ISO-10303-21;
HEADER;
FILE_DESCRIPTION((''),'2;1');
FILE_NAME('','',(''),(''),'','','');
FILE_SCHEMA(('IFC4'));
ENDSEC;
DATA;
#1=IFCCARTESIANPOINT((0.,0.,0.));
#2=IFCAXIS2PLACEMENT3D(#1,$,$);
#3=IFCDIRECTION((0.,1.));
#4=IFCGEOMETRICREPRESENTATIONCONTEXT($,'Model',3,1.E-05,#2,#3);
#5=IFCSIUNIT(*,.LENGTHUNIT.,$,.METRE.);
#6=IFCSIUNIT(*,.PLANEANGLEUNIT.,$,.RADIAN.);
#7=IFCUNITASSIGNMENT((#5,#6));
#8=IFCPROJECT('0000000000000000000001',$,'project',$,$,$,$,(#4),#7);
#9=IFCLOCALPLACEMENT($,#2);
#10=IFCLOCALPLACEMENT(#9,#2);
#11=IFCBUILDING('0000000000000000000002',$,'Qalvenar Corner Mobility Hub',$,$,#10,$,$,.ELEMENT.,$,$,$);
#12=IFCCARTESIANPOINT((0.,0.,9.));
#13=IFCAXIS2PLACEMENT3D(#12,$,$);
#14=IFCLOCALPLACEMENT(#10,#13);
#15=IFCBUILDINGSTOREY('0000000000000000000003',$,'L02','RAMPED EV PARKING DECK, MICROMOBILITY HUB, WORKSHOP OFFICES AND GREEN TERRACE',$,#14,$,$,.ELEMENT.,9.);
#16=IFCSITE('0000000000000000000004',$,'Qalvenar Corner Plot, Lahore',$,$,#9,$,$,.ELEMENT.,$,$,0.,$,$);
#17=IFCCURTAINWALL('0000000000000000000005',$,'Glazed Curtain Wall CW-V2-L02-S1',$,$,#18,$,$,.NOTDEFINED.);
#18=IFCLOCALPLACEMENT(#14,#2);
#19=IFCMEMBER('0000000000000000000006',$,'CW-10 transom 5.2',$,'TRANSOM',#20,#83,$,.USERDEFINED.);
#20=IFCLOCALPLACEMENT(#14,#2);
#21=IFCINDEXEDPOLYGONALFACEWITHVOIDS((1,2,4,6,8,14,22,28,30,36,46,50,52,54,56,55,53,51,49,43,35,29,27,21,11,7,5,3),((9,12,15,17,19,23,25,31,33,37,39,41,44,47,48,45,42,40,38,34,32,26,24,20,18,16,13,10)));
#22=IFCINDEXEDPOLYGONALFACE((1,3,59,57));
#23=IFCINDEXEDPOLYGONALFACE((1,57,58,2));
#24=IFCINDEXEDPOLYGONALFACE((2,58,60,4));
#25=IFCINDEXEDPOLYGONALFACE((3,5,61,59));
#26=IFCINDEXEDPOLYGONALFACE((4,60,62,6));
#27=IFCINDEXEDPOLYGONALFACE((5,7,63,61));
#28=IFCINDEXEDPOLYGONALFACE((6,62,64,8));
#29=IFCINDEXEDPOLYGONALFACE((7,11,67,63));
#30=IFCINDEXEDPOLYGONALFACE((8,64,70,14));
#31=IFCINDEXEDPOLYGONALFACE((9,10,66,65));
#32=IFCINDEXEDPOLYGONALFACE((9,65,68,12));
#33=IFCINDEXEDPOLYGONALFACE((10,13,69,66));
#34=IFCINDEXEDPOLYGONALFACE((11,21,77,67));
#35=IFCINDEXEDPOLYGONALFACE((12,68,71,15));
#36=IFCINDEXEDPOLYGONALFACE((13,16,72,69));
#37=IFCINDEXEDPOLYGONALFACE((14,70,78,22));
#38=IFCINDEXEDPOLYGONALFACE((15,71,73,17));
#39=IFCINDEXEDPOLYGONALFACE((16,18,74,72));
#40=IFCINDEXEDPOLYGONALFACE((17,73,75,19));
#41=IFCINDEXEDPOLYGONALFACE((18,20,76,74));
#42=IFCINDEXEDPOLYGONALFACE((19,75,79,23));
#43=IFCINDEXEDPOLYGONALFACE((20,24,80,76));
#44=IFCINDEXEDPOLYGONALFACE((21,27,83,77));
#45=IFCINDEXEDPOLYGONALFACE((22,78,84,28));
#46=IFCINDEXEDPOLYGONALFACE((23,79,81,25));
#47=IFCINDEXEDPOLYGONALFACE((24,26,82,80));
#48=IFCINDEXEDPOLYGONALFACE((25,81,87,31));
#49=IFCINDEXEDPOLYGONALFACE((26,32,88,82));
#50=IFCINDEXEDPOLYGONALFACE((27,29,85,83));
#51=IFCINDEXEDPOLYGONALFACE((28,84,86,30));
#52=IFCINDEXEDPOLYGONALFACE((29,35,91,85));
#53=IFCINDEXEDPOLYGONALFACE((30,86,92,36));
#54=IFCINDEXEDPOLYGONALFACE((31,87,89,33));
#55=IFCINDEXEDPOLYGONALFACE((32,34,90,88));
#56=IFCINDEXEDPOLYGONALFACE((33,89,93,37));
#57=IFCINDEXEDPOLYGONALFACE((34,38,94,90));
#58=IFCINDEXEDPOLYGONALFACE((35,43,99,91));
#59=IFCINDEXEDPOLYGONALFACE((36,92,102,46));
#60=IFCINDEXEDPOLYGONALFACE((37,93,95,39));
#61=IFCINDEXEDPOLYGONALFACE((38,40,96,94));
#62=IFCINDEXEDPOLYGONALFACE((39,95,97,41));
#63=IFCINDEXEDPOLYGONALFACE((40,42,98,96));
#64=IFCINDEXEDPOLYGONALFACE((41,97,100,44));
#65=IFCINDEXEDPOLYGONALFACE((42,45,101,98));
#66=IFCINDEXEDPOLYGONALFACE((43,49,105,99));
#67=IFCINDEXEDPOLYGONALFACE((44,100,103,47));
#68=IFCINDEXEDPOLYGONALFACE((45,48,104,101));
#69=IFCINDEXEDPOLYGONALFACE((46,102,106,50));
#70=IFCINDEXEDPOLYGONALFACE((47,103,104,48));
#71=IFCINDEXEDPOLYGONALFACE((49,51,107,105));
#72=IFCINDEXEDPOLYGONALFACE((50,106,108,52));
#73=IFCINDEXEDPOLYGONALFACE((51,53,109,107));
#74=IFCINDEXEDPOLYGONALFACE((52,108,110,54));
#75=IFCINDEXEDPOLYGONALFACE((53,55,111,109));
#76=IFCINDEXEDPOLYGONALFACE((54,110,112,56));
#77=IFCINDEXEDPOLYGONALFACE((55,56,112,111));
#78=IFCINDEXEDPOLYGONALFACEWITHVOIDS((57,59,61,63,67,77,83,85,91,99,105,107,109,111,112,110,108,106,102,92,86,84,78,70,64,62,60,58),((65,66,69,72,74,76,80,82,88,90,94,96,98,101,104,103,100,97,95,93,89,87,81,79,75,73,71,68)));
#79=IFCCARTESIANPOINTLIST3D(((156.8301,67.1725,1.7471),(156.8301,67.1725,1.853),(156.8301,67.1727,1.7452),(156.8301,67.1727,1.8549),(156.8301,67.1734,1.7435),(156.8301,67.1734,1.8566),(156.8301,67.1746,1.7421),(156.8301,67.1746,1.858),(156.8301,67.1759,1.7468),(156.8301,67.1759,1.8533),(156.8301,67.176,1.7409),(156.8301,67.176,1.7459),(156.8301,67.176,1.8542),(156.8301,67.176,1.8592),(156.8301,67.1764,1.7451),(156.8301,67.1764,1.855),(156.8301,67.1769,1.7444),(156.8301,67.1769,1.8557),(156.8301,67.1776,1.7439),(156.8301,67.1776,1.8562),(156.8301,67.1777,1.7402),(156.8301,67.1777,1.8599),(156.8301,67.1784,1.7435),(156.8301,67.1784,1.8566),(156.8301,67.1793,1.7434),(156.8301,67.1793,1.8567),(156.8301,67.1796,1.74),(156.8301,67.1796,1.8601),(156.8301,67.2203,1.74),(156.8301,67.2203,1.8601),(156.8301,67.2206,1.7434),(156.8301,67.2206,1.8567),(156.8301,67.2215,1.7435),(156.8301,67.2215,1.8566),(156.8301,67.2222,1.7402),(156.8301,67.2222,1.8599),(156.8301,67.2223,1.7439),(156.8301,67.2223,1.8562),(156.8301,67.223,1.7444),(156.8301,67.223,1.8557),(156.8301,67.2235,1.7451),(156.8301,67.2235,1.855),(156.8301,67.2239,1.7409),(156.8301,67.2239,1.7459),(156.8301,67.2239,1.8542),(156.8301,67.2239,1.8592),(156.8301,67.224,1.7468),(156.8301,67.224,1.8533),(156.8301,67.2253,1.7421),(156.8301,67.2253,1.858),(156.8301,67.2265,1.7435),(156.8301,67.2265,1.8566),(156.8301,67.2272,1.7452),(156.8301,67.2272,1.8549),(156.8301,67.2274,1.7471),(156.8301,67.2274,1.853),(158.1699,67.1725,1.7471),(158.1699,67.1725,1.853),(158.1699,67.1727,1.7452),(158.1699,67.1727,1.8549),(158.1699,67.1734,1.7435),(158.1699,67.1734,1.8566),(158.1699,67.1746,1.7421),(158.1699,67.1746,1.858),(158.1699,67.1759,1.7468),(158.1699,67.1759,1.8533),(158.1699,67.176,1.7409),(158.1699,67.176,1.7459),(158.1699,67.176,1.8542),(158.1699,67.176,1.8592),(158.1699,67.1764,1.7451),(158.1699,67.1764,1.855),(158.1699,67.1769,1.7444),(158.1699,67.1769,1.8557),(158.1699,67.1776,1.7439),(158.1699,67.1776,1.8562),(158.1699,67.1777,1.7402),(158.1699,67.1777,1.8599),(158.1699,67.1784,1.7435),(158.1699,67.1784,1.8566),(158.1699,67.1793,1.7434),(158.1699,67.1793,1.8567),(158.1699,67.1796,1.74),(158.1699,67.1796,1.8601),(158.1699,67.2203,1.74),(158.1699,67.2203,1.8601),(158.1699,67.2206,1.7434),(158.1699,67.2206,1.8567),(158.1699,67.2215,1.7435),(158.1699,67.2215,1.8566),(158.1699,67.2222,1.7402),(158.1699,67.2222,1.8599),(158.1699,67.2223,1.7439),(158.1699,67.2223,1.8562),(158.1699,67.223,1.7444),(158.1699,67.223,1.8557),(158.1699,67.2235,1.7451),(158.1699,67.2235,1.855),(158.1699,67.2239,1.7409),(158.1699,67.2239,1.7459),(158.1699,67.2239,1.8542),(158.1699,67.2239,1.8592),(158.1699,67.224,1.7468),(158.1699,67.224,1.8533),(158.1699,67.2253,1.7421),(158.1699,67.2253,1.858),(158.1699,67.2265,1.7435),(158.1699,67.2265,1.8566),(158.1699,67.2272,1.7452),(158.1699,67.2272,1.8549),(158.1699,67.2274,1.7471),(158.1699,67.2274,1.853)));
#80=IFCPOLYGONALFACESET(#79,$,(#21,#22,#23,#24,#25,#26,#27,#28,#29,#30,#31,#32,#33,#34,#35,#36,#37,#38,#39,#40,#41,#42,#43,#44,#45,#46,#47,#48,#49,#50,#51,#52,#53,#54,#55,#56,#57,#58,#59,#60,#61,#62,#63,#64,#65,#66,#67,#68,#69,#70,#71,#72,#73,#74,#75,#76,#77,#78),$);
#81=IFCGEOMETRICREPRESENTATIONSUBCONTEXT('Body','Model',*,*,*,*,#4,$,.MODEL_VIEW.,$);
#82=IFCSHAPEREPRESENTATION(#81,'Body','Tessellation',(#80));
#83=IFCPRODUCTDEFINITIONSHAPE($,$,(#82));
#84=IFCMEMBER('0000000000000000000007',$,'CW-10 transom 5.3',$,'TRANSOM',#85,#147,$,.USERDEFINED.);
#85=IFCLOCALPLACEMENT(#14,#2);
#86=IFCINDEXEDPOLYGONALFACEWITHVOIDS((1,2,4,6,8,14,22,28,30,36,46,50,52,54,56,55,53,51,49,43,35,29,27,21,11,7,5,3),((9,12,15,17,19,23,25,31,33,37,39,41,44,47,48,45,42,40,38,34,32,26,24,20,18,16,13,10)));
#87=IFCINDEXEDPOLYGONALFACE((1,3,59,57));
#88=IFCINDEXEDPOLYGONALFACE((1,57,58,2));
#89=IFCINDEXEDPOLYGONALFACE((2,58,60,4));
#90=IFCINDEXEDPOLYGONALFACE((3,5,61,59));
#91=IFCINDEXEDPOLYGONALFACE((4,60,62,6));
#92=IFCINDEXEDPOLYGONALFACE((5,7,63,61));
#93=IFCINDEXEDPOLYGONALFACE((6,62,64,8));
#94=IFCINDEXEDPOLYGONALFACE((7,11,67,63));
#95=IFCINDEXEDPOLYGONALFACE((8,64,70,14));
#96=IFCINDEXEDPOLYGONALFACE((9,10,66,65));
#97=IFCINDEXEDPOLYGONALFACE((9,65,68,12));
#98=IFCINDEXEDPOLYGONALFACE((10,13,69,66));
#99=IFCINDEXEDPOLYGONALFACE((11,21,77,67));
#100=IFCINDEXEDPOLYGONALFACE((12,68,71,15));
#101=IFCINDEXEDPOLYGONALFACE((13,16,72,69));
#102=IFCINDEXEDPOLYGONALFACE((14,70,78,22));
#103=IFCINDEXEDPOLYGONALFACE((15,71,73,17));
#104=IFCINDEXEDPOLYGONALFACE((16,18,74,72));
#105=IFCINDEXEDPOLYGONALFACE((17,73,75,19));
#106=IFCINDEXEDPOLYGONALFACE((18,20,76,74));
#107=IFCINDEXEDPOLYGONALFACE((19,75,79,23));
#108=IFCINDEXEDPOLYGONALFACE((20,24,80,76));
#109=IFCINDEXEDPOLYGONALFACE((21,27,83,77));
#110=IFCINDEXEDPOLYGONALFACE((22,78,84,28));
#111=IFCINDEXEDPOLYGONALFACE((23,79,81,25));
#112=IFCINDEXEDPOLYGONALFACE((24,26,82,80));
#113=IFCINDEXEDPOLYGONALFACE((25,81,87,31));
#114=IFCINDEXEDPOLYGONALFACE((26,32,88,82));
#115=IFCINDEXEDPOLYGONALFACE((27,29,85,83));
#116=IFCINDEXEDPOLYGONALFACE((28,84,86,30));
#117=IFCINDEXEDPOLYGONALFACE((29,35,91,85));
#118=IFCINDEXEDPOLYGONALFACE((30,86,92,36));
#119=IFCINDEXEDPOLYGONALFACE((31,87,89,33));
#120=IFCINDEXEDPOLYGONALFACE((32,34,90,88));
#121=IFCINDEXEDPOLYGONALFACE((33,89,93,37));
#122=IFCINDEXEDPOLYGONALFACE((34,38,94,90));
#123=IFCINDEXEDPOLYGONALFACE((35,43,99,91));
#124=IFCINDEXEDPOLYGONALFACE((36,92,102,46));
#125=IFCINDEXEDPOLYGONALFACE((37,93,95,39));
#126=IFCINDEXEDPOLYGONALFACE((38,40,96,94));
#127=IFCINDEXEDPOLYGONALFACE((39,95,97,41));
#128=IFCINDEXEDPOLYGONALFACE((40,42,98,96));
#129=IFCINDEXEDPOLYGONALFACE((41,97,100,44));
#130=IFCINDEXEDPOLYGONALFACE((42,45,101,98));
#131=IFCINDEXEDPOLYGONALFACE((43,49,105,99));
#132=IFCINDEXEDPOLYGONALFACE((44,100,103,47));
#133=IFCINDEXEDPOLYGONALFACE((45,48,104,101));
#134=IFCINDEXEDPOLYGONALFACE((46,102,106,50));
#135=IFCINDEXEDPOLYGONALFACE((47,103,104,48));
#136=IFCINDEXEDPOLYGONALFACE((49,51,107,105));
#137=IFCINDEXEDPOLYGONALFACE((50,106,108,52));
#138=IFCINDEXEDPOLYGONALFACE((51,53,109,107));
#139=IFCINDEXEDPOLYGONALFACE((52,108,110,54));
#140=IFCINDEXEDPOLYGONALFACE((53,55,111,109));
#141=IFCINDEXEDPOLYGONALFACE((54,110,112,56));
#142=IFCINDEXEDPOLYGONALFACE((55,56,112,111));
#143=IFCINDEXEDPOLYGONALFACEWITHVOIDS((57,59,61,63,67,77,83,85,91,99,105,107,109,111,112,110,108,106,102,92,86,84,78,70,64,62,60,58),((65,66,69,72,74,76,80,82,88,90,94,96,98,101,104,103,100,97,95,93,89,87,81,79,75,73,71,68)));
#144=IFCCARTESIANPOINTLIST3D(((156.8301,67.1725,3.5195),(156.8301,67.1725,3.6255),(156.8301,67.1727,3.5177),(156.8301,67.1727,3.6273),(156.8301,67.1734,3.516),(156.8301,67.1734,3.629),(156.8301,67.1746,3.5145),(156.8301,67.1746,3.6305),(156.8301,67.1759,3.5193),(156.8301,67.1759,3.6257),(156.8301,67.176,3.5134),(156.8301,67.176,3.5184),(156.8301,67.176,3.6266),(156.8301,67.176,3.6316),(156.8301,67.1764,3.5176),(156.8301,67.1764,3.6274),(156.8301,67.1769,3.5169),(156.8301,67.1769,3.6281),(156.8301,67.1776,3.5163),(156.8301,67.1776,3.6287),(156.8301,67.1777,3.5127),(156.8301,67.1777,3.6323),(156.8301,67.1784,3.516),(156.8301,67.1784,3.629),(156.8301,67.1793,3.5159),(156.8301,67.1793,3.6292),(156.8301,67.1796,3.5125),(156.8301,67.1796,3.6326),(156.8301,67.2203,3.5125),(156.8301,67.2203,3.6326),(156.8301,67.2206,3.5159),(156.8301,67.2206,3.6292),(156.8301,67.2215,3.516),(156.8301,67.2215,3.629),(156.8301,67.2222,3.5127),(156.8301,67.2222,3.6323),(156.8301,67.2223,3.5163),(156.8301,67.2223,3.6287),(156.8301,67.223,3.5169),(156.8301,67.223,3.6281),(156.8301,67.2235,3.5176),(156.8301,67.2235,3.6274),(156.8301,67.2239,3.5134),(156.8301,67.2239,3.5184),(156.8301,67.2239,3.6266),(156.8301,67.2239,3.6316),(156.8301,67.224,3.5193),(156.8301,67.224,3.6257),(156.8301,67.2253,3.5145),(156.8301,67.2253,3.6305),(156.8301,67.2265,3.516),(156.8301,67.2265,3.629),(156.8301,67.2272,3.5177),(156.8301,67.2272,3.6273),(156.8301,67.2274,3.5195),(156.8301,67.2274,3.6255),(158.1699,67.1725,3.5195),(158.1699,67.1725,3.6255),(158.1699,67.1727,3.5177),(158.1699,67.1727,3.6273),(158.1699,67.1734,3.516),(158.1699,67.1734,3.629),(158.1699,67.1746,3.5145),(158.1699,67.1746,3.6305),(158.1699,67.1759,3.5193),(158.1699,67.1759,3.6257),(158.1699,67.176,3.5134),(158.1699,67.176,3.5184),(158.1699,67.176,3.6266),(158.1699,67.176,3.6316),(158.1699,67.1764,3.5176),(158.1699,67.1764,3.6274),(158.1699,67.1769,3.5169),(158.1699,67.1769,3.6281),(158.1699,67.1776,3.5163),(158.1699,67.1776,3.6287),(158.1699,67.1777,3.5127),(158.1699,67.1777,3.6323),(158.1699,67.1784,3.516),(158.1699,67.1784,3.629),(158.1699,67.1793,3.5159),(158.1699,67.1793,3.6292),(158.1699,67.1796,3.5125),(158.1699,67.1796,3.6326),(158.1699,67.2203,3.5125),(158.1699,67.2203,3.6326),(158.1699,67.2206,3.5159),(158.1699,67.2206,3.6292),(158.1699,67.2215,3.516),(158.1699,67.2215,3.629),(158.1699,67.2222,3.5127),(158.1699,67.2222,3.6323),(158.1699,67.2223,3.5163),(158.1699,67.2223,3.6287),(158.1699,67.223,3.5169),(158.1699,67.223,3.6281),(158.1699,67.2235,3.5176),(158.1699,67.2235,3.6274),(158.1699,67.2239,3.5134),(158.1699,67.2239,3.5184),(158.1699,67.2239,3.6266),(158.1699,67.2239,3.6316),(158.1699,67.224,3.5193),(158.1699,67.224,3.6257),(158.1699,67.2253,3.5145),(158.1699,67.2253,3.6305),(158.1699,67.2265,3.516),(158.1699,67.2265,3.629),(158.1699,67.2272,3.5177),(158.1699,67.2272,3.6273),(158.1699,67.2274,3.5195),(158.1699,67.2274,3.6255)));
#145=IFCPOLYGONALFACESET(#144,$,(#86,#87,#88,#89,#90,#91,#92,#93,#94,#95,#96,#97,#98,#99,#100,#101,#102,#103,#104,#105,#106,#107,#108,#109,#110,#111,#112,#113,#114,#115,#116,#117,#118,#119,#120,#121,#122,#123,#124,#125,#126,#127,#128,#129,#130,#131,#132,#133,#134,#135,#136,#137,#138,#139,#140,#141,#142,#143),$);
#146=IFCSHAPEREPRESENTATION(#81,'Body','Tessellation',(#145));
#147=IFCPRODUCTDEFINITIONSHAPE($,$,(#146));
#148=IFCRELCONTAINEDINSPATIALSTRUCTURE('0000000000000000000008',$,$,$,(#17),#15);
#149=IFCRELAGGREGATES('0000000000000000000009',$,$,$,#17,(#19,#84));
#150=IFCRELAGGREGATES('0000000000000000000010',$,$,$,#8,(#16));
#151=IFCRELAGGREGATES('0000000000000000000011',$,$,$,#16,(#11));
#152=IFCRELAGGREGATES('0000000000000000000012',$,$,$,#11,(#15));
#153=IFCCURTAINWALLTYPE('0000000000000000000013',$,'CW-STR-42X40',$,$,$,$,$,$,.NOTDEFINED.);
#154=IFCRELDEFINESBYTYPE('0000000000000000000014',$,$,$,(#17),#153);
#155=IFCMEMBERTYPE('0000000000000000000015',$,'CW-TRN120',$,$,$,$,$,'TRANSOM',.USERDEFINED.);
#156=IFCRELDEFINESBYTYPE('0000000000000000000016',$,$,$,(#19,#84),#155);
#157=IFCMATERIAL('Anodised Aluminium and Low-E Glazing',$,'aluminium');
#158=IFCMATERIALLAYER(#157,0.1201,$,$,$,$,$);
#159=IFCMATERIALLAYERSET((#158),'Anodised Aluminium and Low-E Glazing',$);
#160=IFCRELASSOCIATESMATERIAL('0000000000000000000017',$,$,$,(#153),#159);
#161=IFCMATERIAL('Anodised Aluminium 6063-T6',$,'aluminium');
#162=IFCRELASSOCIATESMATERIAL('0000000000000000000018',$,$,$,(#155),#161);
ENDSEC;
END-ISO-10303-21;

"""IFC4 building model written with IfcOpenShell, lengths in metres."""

from ifc_helpers import new_model, si_unit, direction, frame, origin, origin_2d, place, context, subcontext, project, spatial, hollow_rectangle, extrude, material, layer, layer_set, material_profile, profile_set, type_object, element, aggregate, save


model = new_model("IFC4")

# Units and contexts
model_context = context("Model", 3, precision=1e-05, world=origin(), true_north=direction((0.0, 1.0)))
body_context = subcontext(model_context, "Body", "Model", "MODEL_VIEW")
ifc_project = project(units=[si_unit("LENGTHUNIT", "METRE"), si_unit("PLANEANGLEUNIT", "RADIAN")], contexts=[model_context])

# Site, building, storey
site_placement = place(None, origin())
site = spatial("IfcSite", under=ifc_project, at=site_placement, Name="Qalvenar Corner Plot, Lahore", CompositionType="ELEMENT", RefElevation=0.0)
building_placement = place(site_placement, origin())
building = spatial("IfcBuilding", under=site, at=building_placement, Name="Qalvenar Corner Mobility Hub", CompositionType="ELEMENT")
storey_placement = place(building_placement, frame((0.0, 0.0, 9.0)))
storey = spatial("IfcBuildingStorey", under=building, at=storey_placement, Name="L02", Description="RAMPED EV PARKING DECK, MICROMOBILITY HUB, WORKSHOP OFFICES AND GREEN TERRACE", CompositionType="ELEMENT", Elevation=9.0)

# Curtain wall, members
ifc_material_1 = material(Name="Anodised Aluminium and Low-E Glazing", Category="aluminium")
ifc_layer_1 = layer(ifc_material_1, 0.1201)
ifc_layer_set_1 = layer_set([ifc_layer_1], Name="Anodised Aluminium and Low-E Glazing")
curtain_wall_type = type_object("IfcCurtainWallType", Name="CW-STR-42X40", PredefinedType="NOTDEFINED", material=ifc_layer_set_1)
curtain_wall_placement = place(storey_placement, origin())
curtain_wall = element("IfcCurtainWall", 1, at=curtain_wall_placement, inside=storey, type_object=curtain_wall_type, Name="Glazed Curtain Wall CW-V2-L02-S1", PredefinedType="NOTDEFINED")
ifc_material_2 = material(Name="Anodised Aluminium 6063-T6", Category="aluminium")
ifc_material_profile_1 = material_profile(ifc_material_2, hollow_rectangle(XDim=0.0549, YDim=0.1201, WallThickness=0.0034, InnerFilletRadius=0.0034, OuterFilletRadius=0.0071, at=origin_2d()), Name="RHS120x55x3.5")
ifc_profile_set_1 = profile_set([ifc_material_profile_1], Name="Anodised Aluminium 6063-T6")
member_type_1 = type_object("IfcMemberType", Name="CW-TRN120", ElementType="TRANSOM", PredefinedType="USERDEFINED", material=ifc_profile_set_1)
member_1_placement = place(storey_placement, frame((156.8301, 67.2, 1.8), z_axis=(1.0, 0.0, 0.0), x_axis=(0.0, 1.0, 0.0)))
member_1 = element("IfcMember", 2, at=member_1_placement, type_object=member_type_1, Name="CW-10 transom 5.2", ObjectType="TRANSOM", PredefinedType="USERDEFINED", context=body_context, shape_type="SweptSolid", body=[
    extrude(hollow_rectangle(XDim=0.0549, YDim=0.1201, WallThickness=0.0034, InnerFilletRadius=0.0034, OuterFilletRadius=0.0071, at=origin_2d()), origin(), (0.0, 0.0, 1.0), 1.3398),
])
member_2_placement = place(storey_placement, frame((156.8301, 67.2, 3.5725), z_axis=(1.0, 0.0, 0.0), x_axis=(0.0, 1.0, 0.0)))
member_2 = element("IfcMember", 3, at=member_2_placement, type_object=member_type_1, Name="CW-10 transom 5.3", ObjectType="TRANSOM", PredefinedType="USERDEFINED", context=body_context, shape_type="SweptSolid", body=[
    extrude(hollow_rectangle(XDim=0.0549, YDim=0.1201, WallThickness=0.0034, InnerFilletRadius=0.0034, OuterFilletRadius=0.0071, at=origin_2d()), origin(), (0.0, 0.0, 1.0), 1.3398),
])

aggregate(curtain_wall, [member_1, member_2])

save(model, "model.ifc")
